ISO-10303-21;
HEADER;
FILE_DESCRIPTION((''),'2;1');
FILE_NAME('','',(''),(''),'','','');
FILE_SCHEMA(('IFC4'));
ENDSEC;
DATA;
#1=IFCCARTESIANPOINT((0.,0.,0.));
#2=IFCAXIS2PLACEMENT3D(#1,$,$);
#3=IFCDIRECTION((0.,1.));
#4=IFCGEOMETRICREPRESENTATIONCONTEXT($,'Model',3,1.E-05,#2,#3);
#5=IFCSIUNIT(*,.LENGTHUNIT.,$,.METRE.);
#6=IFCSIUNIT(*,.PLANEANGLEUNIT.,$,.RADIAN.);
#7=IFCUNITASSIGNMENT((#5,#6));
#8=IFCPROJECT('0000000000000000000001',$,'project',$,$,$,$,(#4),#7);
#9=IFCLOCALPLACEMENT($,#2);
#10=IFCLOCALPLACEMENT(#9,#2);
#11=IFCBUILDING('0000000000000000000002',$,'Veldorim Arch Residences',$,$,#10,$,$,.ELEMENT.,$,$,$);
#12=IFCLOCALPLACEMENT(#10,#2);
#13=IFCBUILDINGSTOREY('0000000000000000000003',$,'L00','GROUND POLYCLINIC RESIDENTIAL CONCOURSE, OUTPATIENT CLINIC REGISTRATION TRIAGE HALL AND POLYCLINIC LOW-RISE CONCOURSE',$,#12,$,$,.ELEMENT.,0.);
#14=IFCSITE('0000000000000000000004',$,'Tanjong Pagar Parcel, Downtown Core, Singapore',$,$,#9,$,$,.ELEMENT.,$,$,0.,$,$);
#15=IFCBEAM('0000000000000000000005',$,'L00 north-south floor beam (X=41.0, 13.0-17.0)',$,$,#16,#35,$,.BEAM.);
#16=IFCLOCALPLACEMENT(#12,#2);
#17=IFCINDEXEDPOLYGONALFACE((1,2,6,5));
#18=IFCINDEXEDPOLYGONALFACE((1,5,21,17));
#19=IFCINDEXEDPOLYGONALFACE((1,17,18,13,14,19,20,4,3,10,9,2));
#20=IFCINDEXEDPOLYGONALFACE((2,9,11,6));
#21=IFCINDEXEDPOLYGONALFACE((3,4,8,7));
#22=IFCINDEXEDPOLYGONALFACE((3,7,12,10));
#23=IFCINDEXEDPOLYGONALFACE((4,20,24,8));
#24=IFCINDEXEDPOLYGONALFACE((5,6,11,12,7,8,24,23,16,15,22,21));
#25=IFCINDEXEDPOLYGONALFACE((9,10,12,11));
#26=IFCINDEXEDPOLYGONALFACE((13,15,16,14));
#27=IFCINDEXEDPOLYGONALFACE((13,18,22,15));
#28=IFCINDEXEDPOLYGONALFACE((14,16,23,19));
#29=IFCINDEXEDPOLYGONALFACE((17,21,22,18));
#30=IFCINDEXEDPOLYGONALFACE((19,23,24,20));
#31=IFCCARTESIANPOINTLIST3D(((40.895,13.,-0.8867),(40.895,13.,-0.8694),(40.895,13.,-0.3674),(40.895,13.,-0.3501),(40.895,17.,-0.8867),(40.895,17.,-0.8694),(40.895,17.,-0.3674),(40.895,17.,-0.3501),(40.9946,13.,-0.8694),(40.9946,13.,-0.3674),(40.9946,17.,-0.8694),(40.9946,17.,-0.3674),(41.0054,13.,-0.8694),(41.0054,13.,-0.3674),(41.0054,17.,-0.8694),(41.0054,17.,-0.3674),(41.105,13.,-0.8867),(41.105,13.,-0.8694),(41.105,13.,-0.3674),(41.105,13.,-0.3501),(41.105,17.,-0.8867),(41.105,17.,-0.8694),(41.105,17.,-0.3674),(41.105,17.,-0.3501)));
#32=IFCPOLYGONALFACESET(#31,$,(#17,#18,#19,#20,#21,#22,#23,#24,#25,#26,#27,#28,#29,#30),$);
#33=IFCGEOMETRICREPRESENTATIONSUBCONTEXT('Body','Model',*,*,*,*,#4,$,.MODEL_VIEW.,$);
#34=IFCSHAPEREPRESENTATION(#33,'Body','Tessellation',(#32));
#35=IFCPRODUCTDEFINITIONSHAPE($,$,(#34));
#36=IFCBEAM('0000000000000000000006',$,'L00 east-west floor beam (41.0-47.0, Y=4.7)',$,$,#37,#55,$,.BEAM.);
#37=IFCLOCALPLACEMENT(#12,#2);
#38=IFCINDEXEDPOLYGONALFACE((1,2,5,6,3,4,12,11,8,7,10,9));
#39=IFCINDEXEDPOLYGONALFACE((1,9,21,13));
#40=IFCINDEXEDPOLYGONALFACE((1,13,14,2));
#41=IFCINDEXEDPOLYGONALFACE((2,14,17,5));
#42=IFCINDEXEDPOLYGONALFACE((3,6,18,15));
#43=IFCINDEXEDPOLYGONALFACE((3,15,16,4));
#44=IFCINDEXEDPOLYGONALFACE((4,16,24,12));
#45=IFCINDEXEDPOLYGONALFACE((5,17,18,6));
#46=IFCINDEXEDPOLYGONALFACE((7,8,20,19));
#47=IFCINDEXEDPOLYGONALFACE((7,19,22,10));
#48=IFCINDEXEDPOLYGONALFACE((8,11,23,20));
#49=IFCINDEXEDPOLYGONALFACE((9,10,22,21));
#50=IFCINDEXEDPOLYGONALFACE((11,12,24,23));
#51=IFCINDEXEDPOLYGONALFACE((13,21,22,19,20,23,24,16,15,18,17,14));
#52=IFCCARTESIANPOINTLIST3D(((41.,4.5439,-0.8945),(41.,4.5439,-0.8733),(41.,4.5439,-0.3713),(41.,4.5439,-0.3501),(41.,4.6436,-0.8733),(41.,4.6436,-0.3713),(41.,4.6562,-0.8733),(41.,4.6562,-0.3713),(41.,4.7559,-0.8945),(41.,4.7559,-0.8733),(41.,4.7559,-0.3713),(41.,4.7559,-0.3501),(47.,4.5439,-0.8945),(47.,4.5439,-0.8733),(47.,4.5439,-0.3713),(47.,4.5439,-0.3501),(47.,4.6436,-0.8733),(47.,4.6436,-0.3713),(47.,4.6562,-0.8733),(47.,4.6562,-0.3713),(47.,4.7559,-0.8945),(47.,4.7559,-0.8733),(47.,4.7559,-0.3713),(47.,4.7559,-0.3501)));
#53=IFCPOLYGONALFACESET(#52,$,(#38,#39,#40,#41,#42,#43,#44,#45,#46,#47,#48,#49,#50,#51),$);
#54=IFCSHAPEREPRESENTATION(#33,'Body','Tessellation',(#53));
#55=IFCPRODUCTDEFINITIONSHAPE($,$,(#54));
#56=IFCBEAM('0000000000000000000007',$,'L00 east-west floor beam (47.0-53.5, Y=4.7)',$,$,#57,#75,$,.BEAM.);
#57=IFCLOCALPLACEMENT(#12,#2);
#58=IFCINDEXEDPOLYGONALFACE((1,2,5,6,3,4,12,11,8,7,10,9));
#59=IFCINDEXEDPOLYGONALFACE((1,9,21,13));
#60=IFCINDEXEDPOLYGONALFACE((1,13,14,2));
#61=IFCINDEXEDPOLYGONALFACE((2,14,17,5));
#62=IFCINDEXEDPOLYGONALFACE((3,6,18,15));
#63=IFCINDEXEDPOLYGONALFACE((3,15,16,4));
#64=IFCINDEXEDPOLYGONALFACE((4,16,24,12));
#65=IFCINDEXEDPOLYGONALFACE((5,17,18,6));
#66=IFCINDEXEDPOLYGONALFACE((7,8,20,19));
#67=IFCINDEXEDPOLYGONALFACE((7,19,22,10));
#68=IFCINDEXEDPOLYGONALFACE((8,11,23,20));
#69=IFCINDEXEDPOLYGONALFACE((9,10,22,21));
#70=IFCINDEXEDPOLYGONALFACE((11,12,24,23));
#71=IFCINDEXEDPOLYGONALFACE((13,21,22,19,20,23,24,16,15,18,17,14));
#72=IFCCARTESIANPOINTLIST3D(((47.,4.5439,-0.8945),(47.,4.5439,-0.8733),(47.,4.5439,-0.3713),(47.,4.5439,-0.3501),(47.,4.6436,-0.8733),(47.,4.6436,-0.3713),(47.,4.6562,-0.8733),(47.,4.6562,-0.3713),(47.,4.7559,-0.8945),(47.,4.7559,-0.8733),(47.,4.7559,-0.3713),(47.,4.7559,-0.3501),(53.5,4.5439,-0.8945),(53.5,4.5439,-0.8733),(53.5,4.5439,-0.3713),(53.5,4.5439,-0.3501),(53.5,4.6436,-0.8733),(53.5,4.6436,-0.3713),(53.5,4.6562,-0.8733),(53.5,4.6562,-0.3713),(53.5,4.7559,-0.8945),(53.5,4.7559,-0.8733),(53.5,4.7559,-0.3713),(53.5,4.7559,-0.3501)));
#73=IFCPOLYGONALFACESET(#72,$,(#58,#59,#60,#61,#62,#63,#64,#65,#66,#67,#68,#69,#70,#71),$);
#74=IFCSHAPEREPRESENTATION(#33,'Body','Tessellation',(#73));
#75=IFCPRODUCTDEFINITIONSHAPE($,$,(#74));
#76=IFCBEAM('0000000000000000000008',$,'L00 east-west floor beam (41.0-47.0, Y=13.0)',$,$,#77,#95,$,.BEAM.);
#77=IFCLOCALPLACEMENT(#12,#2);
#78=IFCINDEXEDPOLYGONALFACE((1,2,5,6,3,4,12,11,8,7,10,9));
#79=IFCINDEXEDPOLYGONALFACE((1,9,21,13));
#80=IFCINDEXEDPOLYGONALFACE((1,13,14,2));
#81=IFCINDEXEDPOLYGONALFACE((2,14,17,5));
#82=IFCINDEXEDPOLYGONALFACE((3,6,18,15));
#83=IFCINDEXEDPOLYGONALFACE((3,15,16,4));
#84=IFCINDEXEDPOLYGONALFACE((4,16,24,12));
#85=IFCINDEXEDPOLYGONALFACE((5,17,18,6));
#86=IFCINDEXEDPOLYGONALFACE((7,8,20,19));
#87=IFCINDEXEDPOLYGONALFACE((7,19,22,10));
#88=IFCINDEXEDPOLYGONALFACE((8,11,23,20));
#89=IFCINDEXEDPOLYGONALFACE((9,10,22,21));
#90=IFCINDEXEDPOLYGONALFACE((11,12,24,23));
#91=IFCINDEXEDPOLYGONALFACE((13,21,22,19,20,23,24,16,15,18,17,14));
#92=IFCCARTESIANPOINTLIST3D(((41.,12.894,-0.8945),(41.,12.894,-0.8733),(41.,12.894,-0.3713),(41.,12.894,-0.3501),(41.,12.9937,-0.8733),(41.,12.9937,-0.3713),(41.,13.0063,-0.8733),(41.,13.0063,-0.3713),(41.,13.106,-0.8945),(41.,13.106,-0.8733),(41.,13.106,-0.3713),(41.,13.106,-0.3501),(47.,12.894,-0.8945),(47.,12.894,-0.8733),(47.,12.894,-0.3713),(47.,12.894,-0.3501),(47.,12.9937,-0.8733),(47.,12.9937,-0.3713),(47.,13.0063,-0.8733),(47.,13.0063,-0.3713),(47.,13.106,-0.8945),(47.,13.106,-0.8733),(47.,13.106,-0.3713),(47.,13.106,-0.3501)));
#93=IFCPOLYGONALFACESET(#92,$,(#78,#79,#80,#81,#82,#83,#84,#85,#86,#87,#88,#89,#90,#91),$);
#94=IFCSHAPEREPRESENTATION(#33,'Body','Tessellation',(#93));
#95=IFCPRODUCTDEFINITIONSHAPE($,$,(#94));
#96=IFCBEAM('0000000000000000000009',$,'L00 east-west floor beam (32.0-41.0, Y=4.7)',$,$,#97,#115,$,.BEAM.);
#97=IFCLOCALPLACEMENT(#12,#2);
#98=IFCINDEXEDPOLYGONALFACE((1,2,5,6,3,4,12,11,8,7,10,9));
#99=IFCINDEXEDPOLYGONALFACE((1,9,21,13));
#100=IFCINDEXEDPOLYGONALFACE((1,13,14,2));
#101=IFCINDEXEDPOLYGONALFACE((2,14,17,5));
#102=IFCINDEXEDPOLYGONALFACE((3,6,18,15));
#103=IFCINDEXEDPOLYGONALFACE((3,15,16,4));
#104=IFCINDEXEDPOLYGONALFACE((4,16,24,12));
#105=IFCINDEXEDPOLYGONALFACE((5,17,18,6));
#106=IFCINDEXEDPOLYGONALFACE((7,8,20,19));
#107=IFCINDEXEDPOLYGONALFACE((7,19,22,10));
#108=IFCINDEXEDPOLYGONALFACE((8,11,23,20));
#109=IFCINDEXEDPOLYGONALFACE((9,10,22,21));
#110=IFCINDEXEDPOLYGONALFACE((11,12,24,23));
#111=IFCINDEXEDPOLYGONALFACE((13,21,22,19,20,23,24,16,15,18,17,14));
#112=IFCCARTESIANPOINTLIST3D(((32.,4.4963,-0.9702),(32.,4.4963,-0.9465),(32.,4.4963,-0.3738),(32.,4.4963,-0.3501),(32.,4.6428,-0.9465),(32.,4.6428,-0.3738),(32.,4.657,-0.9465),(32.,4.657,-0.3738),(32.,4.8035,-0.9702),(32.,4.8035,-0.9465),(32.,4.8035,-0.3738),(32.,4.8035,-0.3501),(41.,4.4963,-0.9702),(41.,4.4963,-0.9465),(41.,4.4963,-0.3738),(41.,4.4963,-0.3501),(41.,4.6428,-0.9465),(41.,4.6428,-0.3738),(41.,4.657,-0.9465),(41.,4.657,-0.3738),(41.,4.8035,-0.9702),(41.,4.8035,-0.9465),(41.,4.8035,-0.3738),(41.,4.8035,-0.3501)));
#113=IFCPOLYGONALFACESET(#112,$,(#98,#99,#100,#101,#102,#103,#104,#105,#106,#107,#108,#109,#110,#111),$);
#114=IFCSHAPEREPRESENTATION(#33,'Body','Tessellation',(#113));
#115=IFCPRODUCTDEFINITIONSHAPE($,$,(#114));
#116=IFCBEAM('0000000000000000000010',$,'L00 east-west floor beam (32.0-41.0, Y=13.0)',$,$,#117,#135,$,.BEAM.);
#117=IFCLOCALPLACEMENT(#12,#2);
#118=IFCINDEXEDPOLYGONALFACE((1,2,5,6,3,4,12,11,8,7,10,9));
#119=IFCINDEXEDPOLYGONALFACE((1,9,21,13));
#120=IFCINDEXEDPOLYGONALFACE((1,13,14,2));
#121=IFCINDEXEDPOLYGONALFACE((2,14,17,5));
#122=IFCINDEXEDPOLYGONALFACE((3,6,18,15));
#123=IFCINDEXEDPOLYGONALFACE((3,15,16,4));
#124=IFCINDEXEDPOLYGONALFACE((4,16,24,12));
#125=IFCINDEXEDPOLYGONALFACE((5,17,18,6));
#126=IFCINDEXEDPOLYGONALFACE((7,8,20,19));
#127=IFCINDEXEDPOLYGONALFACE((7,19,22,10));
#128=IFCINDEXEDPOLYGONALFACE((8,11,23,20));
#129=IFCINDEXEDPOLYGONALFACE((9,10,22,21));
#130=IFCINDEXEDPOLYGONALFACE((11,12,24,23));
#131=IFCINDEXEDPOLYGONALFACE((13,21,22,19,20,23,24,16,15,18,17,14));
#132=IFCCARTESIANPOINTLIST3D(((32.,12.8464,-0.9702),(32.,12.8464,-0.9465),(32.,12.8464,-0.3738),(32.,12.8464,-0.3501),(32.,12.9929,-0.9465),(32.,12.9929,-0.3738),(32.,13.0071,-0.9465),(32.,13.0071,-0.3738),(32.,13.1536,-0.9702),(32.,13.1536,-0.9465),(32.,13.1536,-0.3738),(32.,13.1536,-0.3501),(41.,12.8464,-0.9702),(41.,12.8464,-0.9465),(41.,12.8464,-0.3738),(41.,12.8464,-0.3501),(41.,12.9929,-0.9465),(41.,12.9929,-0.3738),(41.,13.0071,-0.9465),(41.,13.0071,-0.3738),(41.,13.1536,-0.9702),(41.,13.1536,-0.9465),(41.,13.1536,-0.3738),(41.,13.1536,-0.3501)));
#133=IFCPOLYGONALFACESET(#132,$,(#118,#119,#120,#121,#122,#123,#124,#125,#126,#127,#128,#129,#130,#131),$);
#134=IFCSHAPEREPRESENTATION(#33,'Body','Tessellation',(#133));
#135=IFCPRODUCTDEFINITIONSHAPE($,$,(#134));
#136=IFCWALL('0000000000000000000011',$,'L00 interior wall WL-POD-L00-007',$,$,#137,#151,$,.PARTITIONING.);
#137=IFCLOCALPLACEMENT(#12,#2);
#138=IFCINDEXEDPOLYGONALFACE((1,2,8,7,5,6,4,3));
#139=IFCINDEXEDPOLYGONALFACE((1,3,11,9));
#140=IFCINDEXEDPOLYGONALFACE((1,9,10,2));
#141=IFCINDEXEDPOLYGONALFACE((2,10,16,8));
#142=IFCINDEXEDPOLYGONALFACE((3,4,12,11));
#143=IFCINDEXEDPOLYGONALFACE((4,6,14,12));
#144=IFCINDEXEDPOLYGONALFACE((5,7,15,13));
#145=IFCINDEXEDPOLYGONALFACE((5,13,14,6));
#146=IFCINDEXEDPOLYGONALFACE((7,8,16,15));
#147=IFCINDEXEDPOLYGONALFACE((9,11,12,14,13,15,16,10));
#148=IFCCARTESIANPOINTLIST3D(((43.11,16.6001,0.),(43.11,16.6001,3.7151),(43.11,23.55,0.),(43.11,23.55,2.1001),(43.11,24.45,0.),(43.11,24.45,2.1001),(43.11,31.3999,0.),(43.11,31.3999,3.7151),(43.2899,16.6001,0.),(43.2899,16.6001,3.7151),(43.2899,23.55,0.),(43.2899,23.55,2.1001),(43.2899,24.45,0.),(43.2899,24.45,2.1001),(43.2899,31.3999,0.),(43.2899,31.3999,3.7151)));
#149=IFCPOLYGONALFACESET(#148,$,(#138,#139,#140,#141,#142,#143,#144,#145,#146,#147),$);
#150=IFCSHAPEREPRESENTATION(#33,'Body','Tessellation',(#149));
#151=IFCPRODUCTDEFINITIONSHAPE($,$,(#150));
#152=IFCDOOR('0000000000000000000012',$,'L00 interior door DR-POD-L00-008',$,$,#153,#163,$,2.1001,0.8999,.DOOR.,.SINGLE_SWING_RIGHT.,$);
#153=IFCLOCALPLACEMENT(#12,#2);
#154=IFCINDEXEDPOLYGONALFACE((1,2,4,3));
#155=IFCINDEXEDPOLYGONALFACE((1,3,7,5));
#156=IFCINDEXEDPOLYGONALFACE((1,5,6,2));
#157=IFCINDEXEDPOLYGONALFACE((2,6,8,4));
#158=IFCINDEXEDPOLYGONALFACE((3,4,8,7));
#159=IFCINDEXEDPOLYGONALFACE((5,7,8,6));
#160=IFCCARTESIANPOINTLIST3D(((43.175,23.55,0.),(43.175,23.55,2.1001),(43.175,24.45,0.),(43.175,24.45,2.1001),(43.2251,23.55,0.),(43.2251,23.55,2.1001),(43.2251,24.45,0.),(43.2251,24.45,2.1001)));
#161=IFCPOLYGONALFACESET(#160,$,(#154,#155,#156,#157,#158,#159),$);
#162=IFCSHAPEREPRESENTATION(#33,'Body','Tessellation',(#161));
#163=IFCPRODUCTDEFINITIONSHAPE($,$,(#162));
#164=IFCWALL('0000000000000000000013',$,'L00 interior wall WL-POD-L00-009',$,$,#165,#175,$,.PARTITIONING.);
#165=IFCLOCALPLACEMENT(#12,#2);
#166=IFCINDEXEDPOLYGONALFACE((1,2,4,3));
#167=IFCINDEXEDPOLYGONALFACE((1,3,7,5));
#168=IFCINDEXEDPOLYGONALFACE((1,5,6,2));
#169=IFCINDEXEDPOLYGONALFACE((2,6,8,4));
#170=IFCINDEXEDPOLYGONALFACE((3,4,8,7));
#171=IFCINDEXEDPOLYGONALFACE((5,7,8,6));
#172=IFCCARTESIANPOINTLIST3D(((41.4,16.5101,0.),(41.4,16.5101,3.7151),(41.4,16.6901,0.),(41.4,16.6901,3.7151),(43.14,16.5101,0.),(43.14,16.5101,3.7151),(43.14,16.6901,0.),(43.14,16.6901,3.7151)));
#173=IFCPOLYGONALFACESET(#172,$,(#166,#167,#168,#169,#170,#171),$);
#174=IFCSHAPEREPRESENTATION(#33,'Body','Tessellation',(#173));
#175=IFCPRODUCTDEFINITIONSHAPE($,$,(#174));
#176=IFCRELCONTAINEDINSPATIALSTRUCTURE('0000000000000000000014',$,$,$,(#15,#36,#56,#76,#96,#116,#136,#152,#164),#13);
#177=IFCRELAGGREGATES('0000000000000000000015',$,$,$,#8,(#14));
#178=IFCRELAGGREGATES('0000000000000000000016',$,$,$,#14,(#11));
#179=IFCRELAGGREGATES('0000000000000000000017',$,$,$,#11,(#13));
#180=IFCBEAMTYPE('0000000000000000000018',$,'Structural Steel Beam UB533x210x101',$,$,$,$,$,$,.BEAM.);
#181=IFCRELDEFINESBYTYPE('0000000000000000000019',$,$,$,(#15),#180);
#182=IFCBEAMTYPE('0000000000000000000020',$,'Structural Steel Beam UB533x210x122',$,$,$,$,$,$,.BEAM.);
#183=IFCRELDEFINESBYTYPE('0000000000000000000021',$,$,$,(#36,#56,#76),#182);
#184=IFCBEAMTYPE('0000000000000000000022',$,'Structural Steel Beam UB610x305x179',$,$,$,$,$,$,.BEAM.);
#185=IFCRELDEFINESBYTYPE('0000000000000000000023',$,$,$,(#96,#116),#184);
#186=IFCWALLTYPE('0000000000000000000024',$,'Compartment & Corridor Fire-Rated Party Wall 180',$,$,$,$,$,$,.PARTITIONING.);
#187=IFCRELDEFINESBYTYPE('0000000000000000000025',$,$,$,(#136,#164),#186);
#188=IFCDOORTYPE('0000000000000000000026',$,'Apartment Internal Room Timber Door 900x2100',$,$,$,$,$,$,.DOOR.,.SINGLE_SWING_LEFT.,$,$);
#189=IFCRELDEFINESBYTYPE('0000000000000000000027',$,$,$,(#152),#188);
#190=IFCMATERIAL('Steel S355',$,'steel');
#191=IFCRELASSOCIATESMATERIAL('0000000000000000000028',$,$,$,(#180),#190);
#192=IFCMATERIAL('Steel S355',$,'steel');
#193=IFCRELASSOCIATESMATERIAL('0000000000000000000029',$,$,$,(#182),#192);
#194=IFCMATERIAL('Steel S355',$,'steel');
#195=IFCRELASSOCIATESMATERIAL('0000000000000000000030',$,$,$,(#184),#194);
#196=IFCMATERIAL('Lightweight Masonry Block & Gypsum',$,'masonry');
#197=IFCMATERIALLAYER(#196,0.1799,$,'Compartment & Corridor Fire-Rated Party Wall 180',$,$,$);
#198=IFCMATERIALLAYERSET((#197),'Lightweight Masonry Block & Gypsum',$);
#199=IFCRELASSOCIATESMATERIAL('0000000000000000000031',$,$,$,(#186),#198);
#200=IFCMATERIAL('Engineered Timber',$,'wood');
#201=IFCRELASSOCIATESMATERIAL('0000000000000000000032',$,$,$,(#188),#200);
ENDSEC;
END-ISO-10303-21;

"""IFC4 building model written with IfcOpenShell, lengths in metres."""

from ifc_helpers import new_model, si_unit, direction, frame, frame_2d, origin, origin_2d, place, context, subcontext, project, spatial, rectangle, i_section, extrude, material, layer, layer_set, material_profile, profile_set, type_object, element, fill, save


model = new_model("IFC4")

# Units and contexts
model_context = context("Model", 3, precision=1e-05, world=origin(), true_north=direction((0.0, 1.0)))
body_context = subcontext(model_context, "Body", "Model", "MODEL_VIEW")
ifc_project = project(units=[si_unit("LENGTHUNIT", "METRE"), si_unit("PLANEANGLEUNIT", "RADIAN")], contexts=[model_context])

# Site, building, storey
site_placement = place(None, origin())
site = spatial("IfcSite", under=ifc_project, at=site_placement, Name="Tanjong Pagar Parcel, Downtown Core, Singapore", CompositionType="ELEMENT", RefElevation=0.0)
building_placement = place(site_placement, origin())
building = spatial("IfcBuilding", under=site, at=building_placement, Name="Veldorim Arch Residences", CompositionType="ELEMENT")
storey_placement = place(building_placement, origin())
storey = spatial("IfcBuildingStorey", under=building, at=storey_placement, Name="L00", Description="GROUND POLYCLINIC RESIDENTIAL CONCOURSE, OUTPATIENT CLINIC REGISTRATION TRIAGE HALL AND POLYCLINIC LOW-RISE CONCOURSE", CompositionType="ELEMENT", Elevation=0.0)

# Beams
ifc_material_1 = material(Name="Steel S355", Category="steel")
ifc_material_profile_1 = material_profile(ifc_material_1, i_section(OverallWidth=0.21, OverallDepth=0.5366, WebThickness=0.0107, FlangeThickness=0.0173, at=origin_2d()), Name="UB533x210x101")
ifc_profile_set_1 = profile_set([ifc_material_profile_1], Name="Steel S355")
beam_type_1 = type_object("IfcBeamType", Name="Structural Steel Beam UB533x210x101", PredefinedType="BEAM", material=ifc_profile_set_1)
beam_1_placement = place(storey_placement, frame((41.0, 13.0, -0.6184), z_axis=(0.0, 1.0, 0.0), x_axis=(-1.0, 0.0, 0.0)))
element("IfcBeam", 1, at=beam_1_placement, inside=storey, type_object=beam_type_1, Name="L00 north-south floor beam (X=41.0, 13.0-17.0)", PredefinedType="BEAM", context=body_context, shape_type="SweptSolid", body=[
    extrude(i_section(OverallWidth=0.21, OverallDepth=0.5366, WebThickness=0.0107, FlangeThickness=0.0173, at=origin_2d()), origin(), (0.0, 0.0, 1.0), 4.0),
])
ifc_material_2 = material(Name="Steel S355", Category="steel")
ifc_material_profile_2 = material_profile(ifc_material_2, i_section(OverallWidth=0.2119, OverallDepth=0.5444, WebThickness=0.0127, FlangeThickness=0.0212, at=origin_2d()), Name="UB533x210x122")
ifc_profile_set_2 = profile_set([ifc_material_profile_2], Name="Steel S355")
beam_type_2 = type_object("IfcBeamType", Name="Structural Steel Beam UB533x210x122", PredefinedType="BEAM", material=ifc_profile_set_2)
beam_2_placement = place(storey_placement, frame((41.0, 4.6499, -0.6223), z_axis=(1.0, 0.0, 0.0), x_axis=(0.0, 1.0, 0.0)))
element("IfcBeam", 2, at=beam_2_placement, inside=storey, type_object=beam_type_2, Name="L00 east-west floor beam (41.0-47.0, Y=4.7)", PredefinedType="BEAM", context=body_context, shape_type="SweptSolid", body=[
    extrude(i_section(OverallWidth=0.2119, OverallDepth=0.5444, WebThickness=0.0127, FlangeThickness=0.0212, at=origin_2d()), origin(), (0.0, 0.0, 1.0), 6.0),
])
beam_3_placement = place(storey_placement, frame((47.0, 4.6499, -0.6223), z_axis=(1.0, 0.0, 0.0), x_axis=(0.0, 1.0, 0.0)))
element("IfcBeam", 3, at=beam_3_placement, inside=storey, type_object=beam_type_2, Name="L00 east-west floor beam (47.0-53.5, Y=4.7)", PredefinedType="BEAM", context=body_context, shape_type="SweptSolid", body=[
    extrude(i_section(OverallWidth=0.2119, OverallDepth=0.5444, WebThickness=0.0127, FlangeThickness=0.0212, at=origin_2d()), origin(), (0.0, 0.0, 1.0), 6.5),
])
beam_4_placement = place(storey_placement, frame((41.0, 13.0, -0.6223), z_axis=(1.0, 0.0, 0.0), x_axis=(0.0, 1.0, 0.0)))
element("IfcBeam", 4, at=beam_4_placement, inside=storey, type_object=beam_type_2, Name="L00 east-west floor beam (41.0-47.0, Y=13.0)", PredefinedType="BEAM", context=body_context, shape_type="SweptSolid", body=[
    extrude(i_section(OverallWidth=0.2119, OverallDepth=0.5444, WebThickness=0.0127, FlangeThickness=0.0212, at=origin_2d()), origin(), (0.0, 0.0, 1.0), 6.0),
])
ifc_material_3 = material(Name="Steel S355", Category="steel")
ifc_material_profile_3 = material_profile(ifc_material_3, i_section(OverallWidth=0.3071, OverallDepth=0.6201, WebThickness=0.0142, FlangeThickness=0.0237, at=origin_2d()), Name="UB610x305x179")
ifc_profile_set_3 = profile_set([ifc_material_profile_3], Name="Steel S355")
beam_type_3 = type_object("IfcBeamType", Name="Structural Steel Beam UB610x305x179", PredefinedType="BEAM", material=ifc_profile_set_3)
for number, where, z_axis, x_axis, name in (
    (5, (32.0, 4.6499, -0.6602), (1.0, 0.0, 0.0), (0.0, 1.0, 0.0), "L00 east-west floor beam (32.0-41.0, Y=4.7)"),
    (6, (32.0, 13.0, -0.6602), (1.0, 0.0, 0.0), (0.0, 1.0, 0.0), "L00 east-west floor beam (32.0-41.0, Y=13.0)"),
):
    element("IfcBeam", number, at=place(storey_placement, frame(where, z_axis=z_axis, x_axis=x_axis)), inside=storey, type_object=beam_type_3, Name=name, PredefinedType="BEAM", context=body_context, shape_type="SweptSolid", body=[
        extrude(i_section(OverallWidth=0.3071, OverallDepth=0.6201, WebThickness=0.0142, FlangeThickness=0.0237, at=origin_2d()), origin(), (0.0, 0.0, 1.0), 9.0),
    ])

# Wall, opening, door
ifc_material_4 = material(Name="Lightweight Masonry Block & Gypsum", Category="masonry")
ifc_layer_1 = layer(ifc_material_4, 0.1799, Name="Compartment & Corridor Fire-Rated Party Wall 180")
ifc_layer_set_1 = layer_set([ifc_layer_1], Name="Lightweight Masonry Block & Gypsum")
wall_type_1 = type_object("IfcWallType", Name="Compartment & Corridor Fire-Rated Party Wall 180", PredefinedType="PARTITIONING", material=ifc_layer_set_1)
wall_1_placement = place(storey_placement, frame((43.2, 16.6001, 0.0), z_axis=(0.0, 0.0, 1.0), x_axis=(0.0, 1.0, 0.0)))
wall_1 = element("IfcWall", 7, at=wall_1_placement, inside=storey, type_object=wall_type_1, Name="L00 interior wall WL-POD-L00-007", PredefinedType="PARTITIONING", context=body_context, shape_type="SweptSolid", body=[
    extrude(rectangle(XDim=14.7998, YDim=0.1799, at=frame_2d((7.3999, 0.0))), origin(), (0.0, 0.0, 1.0), 3.7151),
])
opening_1_placement = place(wall_1_placement, frame((6.95, 0.0, 0.0)))
opening_1 = element("IfcOpeningElement", 8, at=opening_1_placement, cuts=wall_1, PredefinedType="OPENING", context=body_context, shape_type="SweptSolid", body=[
    extrude(rectangle(XDim=0.8999, YDim=2.1001, at=frame_2d((0.45, 1.05))), frame((0.0, 0.0999, 0.0), z_axis=(0.0, -1.0, 0.0), x_axis=(1.0, 0.0, 0.0)), (0.0, 0.0, 1.0), 0.2),
])
ifc_material_5 = material(Name="Engineered Timber", Category="wood")
door_type_1 = type_object("IfcDoorType", Name="Apartment Internal Room Timber Door 900x2100", OperationType="SINGLE_SWING_LEFT", PredefinedType="DOOR", material=ifc_material_5)
door_1_placement = place(opening_1_placement, origin())
door_1 = element("IfcDoor", 9, at=door_1_placement, inside=storey, type_object=door_type_1, Name="L00 interior door DR-POD-L00-008", OperationType="SINGLE_SWING_RIGHT", OverallHeight=2.1001, OverallWidth=0.8999, PredefinedType="DOOR", context=body_context, shape_type="SweptSolid", body=[
    extrude(rectangle(XDim=0.8999, YDim=2.1001, at=frame_2d((0.45, 1.05))), frame((0.0, 0.0249, 0.0), z_axis=(0.0, -1.0, 0.0), x_axis=(1.0, 0.0, 0.0)), (0.0, 0.0, 1.0), 0.05),
])
fill(opening_1, door_1)

# Wall
wall_2_placement = place(storey_placement, frame((41.3999, 16.6001, 0.0), z_axis=(0.0, 0.0, 1.0), x_axis=(1.0, 0.0, 0.0)))
element("IfcWall", 10, at=wall_2_placement, inside=storey, type_object=wall_type_1, Name="L00 interior wall WL-POD-L00-009", PredefinedType="PARTITIONING", context=body_context, shape_type="SweptSolid", body=[
    extrude(rectangle(XDim=1.74, YDim=0.1799, at=frame_2d((0.8701, 0.0))), origin(), (0.0, 0.0, 1.0), 3.7151),
])

save(model, "model.ifc")
